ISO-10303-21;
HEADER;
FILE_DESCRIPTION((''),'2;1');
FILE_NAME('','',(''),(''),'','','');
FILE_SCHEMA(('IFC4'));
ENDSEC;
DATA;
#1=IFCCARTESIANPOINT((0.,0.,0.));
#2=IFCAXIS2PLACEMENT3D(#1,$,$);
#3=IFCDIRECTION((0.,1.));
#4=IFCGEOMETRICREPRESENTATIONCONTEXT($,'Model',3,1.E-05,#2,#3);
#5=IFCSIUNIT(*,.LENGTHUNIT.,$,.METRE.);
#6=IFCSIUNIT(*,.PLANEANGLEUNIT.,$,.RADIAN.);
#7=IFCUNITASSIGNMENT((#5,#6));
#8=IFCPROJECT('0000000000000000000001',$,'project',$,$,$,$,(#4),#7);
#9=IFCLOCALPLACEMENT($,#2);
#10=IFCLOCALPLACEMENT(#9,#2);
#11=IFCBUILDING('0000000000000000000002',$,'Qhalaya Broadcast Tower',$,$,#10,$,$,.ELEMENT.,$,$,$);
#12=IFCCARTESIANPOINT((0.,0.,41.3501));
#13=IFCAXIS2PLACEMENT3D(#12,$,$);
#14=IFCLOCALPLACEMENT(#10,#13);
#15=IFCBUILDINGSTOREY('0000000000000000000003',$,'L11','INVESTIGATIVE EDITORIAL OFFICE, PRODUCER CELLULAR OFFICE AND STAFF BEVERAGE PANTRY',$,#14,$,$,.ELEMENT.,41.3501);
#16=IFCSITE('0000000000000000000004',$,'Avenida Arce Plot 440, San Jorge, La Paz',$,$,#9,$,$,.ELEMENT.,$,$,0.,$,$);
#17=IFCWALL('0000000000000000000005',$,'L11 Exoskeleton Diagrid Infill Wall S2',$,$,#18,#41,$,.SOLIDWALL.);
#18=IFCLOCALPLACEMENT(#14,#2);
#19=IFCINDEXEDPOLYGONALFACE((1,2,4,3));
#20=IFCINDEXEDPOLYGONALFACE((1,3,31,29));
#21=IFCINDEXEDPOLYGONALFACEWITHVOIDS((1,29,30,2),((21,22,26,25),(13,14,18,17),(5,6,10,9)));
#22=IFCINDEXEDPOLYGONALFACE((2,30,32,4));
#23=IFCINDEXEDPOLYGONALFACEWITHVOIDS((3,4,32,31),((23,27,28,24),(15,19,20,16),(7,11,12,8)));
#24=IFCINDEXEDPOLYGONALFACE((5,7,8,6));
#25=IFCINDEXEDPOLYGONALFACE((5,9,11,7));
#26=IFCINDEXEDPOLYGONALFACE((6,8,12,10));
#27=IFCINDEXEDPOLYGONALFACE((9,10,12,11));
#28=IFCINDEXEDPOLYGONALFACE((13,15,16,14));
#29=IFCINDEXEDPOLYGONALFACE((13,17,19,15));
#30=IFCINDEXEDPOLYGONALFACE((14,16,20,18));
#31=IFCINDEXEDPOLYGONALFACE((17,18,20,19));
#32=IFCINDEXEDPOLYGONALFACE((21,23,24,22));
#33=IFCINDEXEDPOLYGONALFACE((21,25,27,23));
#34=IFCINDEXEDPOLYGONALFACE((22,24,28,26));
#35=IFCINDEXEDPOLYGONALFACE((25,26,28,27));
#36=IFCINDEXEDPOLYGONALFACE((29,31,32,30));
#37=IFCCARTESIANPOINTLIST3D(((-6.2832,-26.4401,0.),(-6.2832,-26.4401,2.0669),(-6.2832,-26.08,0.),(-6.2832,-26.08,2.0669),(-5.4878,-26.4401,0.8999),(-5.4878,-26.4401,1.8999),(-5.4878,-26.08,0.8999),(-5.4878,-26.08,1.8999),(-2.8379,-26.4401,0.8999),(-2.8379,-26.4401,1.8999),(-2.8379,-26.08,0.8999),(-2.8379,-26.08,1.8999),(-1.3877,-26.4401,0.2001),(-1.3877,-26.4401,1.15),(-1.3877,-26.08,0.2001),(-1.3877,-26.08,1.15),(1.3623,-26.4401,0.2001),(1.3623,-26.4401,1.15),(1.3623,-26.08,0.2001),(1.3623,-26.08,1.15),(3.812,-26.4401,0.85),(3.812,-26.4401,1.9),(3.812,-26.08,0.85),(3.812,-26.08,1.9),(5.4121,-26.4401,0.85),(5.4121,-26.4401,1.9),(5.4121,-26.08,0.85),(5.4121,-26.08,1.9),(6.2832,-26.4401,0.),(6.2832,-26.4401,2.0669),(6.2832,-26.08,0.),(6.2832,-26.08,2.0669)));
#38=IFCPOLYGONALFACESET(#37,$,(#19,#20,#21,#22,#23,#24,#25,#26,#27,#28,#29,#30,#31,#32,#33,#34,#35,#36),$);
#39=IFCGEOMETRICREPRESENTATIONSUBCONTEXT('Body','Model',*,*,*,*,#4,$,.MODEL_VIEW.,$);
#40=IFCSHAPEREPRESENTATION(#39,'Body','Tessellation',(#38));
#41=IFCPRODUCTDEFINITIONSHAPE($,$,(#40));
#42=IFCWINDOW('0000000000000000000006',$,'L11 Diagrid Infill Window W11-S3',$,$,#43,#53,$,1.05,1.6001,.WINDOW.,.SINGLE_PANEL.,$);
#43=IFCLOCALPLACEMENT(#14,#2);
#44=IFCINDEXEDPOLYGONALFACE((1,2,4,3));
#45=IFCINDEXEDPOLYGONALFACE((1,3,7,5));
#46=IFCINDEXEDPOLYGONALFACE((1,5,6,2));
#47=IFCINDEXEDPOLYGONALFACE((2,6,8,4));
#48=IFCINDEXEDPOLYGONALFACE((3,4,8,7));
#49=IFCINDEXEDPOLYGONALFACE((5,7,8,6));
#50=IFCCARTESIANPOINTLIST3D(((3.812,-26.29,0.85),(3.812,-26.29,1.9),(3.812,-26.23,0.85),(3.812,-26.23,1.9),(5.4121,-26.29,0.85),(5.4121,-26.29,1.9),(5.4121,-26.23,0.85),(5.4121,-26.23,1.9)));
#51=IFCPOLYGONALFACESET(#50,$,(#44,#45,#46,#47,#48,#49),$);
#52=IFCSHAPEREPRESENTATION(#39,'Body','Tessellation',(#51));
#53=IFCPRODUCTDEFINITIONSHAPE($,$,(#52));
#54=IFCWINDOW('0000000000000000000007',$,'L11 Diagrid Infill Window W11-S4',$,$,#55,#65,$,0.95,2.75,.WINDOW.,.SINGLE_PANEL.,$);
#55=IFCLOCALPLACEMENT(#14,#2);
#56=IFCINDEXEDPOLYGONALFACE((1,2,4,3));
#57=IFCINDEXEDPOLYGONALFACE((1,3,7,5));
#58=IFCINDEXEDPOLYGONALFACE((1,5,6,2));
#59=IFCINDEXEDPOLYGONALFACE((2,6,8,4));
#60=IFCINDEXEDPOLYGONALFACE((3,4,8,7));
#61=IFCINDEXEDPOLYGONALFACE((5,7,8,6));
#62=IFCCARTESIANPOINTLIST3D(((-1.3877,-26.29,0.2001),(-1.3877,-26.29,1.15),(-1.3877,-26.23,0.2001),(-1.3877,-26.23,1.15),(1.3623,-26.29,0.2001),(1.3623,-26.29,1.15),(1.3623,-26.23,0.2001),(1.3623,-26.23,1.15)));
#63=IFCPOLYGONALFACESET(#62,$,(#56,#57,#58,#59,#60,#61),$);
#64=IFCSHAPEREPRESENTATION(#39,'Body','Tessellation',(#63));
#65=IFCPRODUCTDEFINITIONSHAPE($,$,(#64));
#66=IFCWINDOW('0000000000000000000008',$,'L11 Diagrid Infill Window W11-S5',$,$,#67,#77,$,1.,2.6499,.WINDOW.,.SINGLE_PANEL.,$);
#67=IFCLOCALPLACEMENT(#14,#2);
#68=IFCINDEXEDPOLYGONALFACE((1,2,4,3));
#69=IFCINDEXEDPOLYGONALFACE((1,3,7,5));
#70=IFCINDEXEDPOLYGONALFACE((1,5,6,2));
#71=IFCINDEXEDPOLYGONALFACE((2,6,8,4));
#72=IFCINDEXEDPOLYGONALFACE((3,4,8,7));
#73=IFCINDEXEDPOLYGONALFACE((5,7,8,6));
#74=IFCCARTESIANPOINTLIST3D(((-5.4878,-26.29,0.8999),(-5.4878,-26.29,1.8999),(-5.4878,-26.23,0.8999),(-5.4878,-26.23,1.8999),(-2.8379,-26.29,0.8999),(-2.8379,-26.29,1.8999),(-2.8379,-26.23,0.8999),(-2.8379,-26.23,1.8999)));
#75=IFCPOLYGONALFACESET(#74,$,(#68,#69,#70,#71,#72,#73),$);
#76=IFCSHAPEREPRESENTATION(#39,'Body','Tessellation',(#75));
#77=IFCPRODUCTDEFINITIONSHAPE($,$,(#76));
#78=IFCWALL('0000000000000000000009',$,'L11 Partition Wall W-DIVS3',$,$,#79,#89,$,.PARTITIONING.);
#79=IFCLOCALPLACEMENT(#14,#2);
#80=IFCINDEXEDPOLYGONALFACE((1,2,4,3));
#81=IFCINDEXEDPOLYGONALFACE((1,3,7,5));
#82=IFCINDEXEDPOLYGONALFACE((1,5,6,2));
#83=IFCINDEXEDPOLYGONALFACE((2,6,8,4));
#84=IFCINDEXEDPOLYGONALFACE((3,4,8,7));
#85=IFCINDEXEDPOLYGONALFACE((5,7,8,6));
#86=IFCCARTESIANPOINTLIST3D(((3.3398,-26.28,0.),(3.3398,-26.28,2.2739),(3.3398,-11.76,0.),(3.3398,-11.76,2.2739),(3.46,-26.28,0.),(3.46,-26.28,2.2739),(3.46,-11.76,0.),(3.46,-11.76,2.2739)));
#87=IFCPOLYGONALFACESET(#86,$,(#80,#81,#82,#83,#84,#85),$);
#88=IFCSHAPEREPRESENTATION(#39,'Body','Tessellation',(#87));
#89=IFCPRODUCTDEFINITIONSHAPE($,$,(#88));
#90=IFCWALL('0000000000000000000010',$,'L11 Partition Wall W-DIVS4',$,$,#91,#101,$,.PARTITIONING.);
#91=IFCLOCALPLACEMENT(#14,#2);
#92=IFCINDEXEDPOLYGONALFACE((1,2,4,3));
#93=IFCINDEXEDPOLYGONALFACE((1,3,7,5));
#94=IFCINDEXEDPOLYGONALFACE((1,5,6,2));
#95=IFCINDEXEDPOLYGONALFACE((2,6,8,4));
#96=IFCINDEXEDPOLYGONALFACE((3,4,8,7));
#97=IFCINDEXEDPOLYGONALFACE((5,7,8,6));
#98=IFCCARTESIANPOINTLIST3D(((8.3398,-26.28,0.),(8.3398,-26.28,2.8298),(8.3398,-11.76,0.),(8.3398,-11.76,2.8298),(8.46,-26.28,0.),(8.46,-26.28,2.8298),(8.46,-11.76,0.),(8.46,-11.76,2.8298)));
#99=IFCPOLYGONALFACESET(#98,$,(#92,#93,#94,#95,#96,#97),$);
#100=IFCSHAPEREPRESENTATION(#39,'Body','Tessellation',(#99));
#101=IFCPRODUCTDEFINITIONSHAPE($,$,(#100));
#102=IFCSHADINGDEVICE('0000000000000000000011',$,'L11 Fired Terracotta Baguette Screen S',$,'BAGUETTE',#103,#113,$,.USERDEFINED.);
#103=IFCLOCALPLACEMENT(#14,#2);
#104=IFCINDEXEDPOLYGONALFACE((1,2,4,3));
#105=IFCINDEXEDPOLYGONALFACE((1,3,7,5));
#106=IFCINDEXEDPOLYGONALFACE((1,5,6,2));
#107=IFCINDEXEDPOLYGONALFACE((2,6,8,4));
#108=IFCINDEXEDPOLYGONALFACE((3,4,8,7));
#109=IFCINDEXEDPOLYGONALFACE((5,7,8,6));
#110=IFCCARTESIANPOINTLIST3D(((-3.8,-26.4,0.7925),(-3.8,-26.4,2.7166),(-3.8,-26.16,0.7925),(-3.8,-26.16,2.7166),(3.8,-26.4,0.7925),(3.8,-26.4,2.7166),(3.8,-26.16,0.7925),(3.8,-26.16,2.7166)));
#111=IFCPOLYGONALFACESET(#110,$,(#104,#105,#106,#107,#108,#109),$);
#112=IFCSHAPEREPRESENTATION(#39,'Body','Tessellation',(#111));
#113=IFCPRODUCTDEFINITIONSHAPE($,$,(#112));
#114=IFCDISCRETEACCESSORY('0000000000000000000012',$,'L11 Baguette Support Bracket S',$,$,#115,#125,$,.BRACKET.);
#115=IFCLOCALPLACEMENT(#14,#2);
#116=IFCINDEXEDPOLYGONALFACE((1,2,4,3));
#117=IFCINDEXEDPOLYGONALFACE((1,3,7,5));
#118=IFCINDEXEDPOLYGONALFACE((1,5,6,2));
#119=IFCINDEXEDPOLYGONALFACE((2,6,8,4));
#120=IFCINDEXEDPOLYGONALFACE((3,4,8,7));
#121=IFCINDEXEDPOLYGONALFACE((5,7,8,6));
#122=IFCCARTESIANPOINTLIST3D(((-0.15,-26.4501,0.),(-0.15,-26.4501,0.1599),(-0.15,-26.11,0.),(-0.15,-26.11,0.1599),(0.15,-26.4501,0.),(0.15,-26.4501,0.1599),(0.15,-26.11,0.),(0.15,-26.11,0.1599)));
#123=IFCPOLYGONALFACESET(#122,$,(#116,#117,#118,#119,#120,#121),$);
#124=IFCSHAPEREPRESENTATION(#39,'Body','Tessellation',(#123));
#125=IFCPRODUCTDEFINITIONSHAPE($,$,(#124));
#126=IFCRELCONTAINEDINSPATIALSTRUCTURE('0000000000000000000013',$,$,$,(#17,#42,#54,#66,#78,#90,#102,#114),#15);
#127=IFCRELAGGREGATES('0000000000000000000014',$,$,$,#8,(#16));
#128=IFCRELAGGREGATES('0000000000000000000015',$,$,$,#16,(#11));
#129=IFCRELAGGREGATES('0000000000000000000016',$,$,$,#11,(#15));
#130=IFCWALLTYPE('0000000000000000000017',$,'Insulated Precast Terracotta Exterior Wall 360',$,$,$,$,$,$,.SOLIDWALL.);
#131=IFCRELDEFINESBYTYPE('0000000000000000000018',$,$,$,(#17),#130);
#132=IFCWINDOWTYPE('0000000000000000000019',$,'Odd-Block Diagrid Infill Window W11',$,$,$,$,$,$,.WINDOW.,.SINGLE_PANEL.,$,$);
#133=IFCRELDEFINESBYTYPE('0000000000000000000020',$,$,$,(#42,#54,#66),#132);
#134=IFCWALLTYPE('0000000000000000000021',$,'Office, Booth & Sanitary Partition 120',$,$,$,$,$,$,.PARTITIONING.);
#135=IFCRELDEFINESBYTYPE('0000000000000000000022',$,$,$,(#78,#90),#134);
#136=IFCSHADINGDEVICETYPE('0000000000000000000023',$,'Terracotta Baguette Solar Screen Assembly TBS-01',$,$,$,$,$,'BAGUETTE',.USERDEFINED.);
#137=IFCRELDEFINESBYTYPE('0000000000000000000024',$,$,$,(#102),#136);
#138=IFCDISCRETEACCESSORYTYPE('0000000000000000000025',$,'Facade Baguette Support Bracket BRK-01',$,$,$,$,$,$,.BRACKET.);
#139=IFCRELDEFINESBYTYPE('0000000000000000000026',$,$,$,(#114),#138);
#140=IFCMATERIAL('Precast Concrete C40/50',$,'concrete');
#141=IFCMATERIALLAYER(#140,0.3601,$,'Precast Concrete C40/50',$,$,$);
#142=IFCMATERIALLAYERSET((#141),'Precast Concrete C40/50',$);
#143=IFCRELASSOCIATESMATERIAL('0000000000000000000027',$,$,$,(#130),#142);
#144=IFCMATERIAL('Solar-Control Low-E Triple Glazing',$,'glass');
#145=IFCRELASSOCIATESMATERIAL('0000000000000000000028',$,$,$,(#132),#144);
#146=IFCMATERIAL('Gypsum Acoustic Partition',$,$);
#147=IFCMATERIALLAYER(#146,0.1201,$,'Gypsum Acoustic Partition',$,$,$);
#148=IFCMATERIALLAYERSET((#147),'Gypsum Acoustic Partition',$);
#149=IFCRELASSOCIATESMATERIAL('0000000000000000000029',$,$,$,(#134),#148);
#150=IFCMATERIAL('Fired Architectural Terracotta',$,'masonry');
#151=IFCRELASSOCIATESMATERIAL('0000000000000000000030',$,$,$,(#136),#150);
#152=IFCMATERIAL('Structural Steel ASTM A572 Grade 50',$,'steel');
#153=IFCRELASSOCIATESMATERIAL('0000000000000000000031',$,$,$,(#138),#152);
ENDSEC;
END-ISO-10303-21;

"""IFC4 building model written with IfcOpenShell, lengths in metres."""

from ifc_helpers import new_model, si_unit, direction, frame, frame_2d, origin, origin_2d, place, context, subcontext, project, spatial, rectangle, extrude, material, layer, layer_set, type_object, element, fill, save


model = new_model("IFC4")

# Units and contexts
model_context = context("Model", 3, precision=1e-05, world=origin(), true_north=direction((0.0, 1.0)))
body_context = subcontext(model_context, "Body", "Model", "MODEL_VIEW")
ifc_project = project(units=[si_unit("LENGTHUNIT", "METRE"), si_unit("PLANEANGLEUNIT", "RADIAN")], contexts=[model_context])

# Site, building, storey
site_placement = place(None, origin())
site = spatial("IfcSite", under=ifc_project, at=site_placement, Name="Avenida Arce Plot 440, San Jorge, La Paz", CompositionType="ELEMENT", RefElevation=0.0)
building_placement = place(site_placement, origin())
building = spatial("IfcBuilding", under=site, at=building_placement, Name="Qhalaya Broadcast Tower", CompositionType="ELEMENT")
storey_placement = place(building_placement, frame((0.0, 0.0, 41.3501)))
storey = spatial("IfcBuildingStorey", under=building, at=storey_placement, Name="L11", Description="INVESTIGATIVE EDITORIAL OFFICE, PRODUCER CELLULAR OFFICE AND STAFF BEVERAGE PANTRY", CompositionType="ELEMENT", Elevation=41.3501)

# Shared definitions
ifc_material_1 = material(Name="Structural Steel ASTM A572 Grade 50", Category="steel")

# Shared definitions
ifc_material_2 = material(Name="Gypsum Acoustic Partition")

# Wall, openings, windows
ifc_material_3 = material(Name="Precast Concrete C40/50", Category="concrete")
ifc_layer_1 = layer(ifc_material_3, 0.3601, Name="Precast Concrete C40/50")
ifc_layer_set_1 = layer_set([ifc_layer_1], Name="Precast Concrete C40/50")
wall_type_1 = type_object("IfcWallType", Name="Insulated Precast Terracotta Exterior Wall 360", PredefinedType="SOLIDWALL", material=ifc_layer_set_1)
wall_1_placement = place(storey_placement, frame((6.2832, -26.26, 0.0), z_axis=(0.0, 0.0, 1.0), x_axis=(-1.0, 0.0, 0.0)))
wall_1 = element("IfcWall", 1, at=wall_1_placement, inside=storey, type_object=wall_type_1, Name="L11 Exoskeleton Diagrid Infill Wall S2", PredefinedType="SOLIDWALL", context=body_context, shape_type="SweptSolid", body=[
    extrude(rectangle(XDim=12.5664, YDim=0.3601, at=frame_2d((6.2832, 0.0))), origin(), (0.0, 0.0, 1.0), 2.0669),
])
opening_1_placement = place(wall_1_placement, frame((0.8711, 0.0, 0.8501)))
opening_1 = element("IfcOpeningElement", 2, at=opening_1_placement, cuts=wall_1, PredefinedType="OPENING", context=body_context, shape_type="SweptSolid", body=[
    extrude(rectangle(XDim=1.6001, YDim=1.05, at=frame_2d((0.8, 0.5249))), frame((0.0, 0.1921, 0.0), z_axis=(0.0, -1.0, 0.0), x_axis=(1.0, 0.0, 0.0)), (0.0, 0.0, 1.0), 0.384),
])
opening_2_placement = place(wall_1_placement, frame((4.9209, 0.0, 0.2)))
opening_2 = element("IfcOpeningElement", 3, at=opening_2_placement, cuts=wall_1, PredefinedType="OPENING", context=body_context, shape_type="SweptSolid", body=[
    extrude(rectangle(XDim=2.75, YDim=0.95, at=frame_2d((1.375, 0.4751))), frame((0.0, 0.1921, 0.0), z_axis=(0.0, -1.0, 0.0), x_axis=(1.0, 0.0, 0.0)), (0.0, 0.0, 1.0), 0.384),
])
opening_3_placement = place(wall_1_placement, frame((9.1211, 0.0, 0.8999)))
opening_3 = element("IfcOpeningElement", 4, at=opening_3_placement, cuts=wall_1, PredefinedType="OPENING", context=body_context, shape_type="SweptSolid", body=[
    extrude(rectangle(XDim=2.6499, YDim=1.0, at=frame_2d((1.325, 0.5))), frame((0.0, 0.1921, 0.0), z_axis=(0.0, -1.0, 0.0), x_axis=(1.0, 0.0, 0.0)), (0.0, 0.0, 1.0), 0.384),
])
ifc_material_4 = material(Name="Solar-Control Low-E Triple Glazing", Category="glass")
window_type = type_object("IfcWindowType", Name="Odd-Block Diagrid Infill Window W11", PartitioningType="SINGLE_PANEL", PredefinedType="WINDOW", material=ifc_material_4)
window_1_placement = place(opening_1_placement, origin())
window_1 = element("IfcWindow", 5, at=window_1_placement, inside=storey, type_object=window_type, Name="L11 Diagrid Infill Window W11-S3", OverallHeight=1.05, OverallWidth=1.6001, PartitioningType="SINGLE_PANEL", PredefinedType="WINDOW", context=body_context, shape_type="SweptSolid", body=[
    extrude(rectangle(XDim=1.6001, YDim=1.05, at=frame_2d((0.8, 0.5249))), frame((0.0, 0.03, 0.0), z_axis=(0.0, -1.0, 0.0), x_axis=(1.0, 0.0, 0.0)), (0.0, 0.0, 1.0), 0.0601),
])
fill(opening_1, window_1)
window_2_placement = place(opening_2_placement, origin())
window_2 = element("IfcWindow", 6, at=window_2_placement, inside=storey, type_object=window_type, Name="L11 Diagrid Infill Window W11-S4", OverallHeight=0.95, OverallWidth=2.75, PartitioningType="SINGLE_PANEL", PredefinedType="WINDOW", context=body_context, shape_type="SweptSolid", body=[
    extrude(rectangle(XDim=2.75, YDim=0.95, at=frame_2d((1.375, 0.4751))), frame((0.0, 0.03, 0.0), z_axis=(0.0, -1.0, 0.0), x_axis=(1.0, 0.0, 0.0)), (0.0, 0.0, 1.0), 0.0601),
])
fill(opening_2, window_2)
window_3_placement = place(opening_3_placement, origin())
window_3 = element("IfcWindow", 7, at=window_3_placement, inside=storey, type_object=window_type, Name="L11 Diagrid Infill Window W11-S5", OverallHeight=1.0, OverallWidth=2.6499, PartitioningType="SINGLE_PANEL", PredefinedType="WINDOW", context=body_context, shape_type="SweptSolid", body=[
    extrude(rectangle(XDim=2.6499, YDim=1.0, at=frame_2d((1.325, 0.5))), frame((0.0, 0.03, 0.0), z_axis=(0.0, -1.0, 0.0), x_axis=(1.0, 0.0, 0.0)), (0.0, 0.0, 1.0), 0.0601),
])
fill(opening_3, window_3)

# Walls
ifc_layer_2 = layer(ifc_material_2, 0.1201, Name="Gypsum Acoustic Partition")
ifc_layer_set_2 = layer_set([ifc_layer_2], Name="Gypsum Acoustic Partition")
wall_type_2 = type_object("IfcWallType", Name="Office, Booth & Sanitary Partition 120", PredefinedType="PARTITIONING", material=ifc_layer_set_2)
wall_2_placement = place(storey_placement, frame((3.3999, -26.28, 0.0), z_axis=(0.0, 0.0, 1.0), x_axis=(0.0, 1.0, 0.0)))
element("IfcWall", 8, at=wall_2_placement, inside=storey, type_object=wall_type_2, Name="L11 Partition Wall W-DIVS3", PredefinedType="PARTITIONING", context=body_context, shape_type="SweptSolid", body=[
    extrude(rectangle(XDim=14.52, YDim=0.1201, at=frame_2d((7.26, 0.0))), origin(), (0.0, 0.0, 1.0), 2.2739),
])
wall_3_placement = place(storey_placement, frame((8.3999, -26.28, 0.0), z_axis=(0.0, 0.0, 1.0), x_axis=(0.0, 1.0, 0.0)))
element("IfcWall", 9, at=wall_3_placement, inside=storey, type_object=wall_type_2, Name="L11 Partition Wall W-DIVS4", PredefinedType="PARTITIONING", context=body_context, shape_type="SweptSolid", body=[
    extrude(rectangle(XDim=14.52, YDim=0.1201, at=frame_2d((7.26, 0.0))), origin(), (0.0, 0.0, 1.0), 2.8298),
])

# Shading device
ifc_material_5 = material(Name="Fired Architectural Terracotta", Category="masonry")
shading_device_type = type_object("IfcShadingDeviceType", Name="Terracotta Baguette Solar Screen Assembly TBS-01", ElementType="BAGUETTE", PredefinedType="USERDEFINED", material=ifc_material_5)
shading_device_placement = place(storey_placement, frame((0.0, -26.28, 0.7925), z_axis=(0.0, 0.0, 1.0), x_axis=(1.0, 0.0, 0.0)))
element("IfcShadingDevice", 10, at=shading_device_placement, inside=storey, type_object=shading_device_type, Name="L11 Fired Terracotta Baguette Screen S", ObjectType="BAGUETTE", PredefinedType="USERDEFINED", context=body_context, shape_type="SweptSolid", body=[
    extrude(rectangle(XDim=7.6001, YDim=0.24, at=origin_2d()), origin(), (0.0, 0.0, 1.0), 1.9241),
])

# Discrete accessory
discrete_accessory_type = type_object("IfcDiscreteAccessoryType", Name="Facade Baguette Support Bracket BRK-01", PredefinedType="BRACKET", material=ifc_material_1)
discrete_accessory_placement = place(storey_placement, frame((0.0, -26.28, 0.0), z_axis=(0.0, 0.0, 1.0), x_axis=(1.0, 0.0, 0.0)))
element("IfcDiscreteAccessory", 11, at=discrete_accessory_placement, inside=storey, type_object=discrete_accessory_type, Name="L11 Baguette Support Bracket S", PredefinedType="BRACKET", context=body_context, shape_type="SweptSolid", body=[
    extrude(rectangle(XDim=0.3, YDim=0.3401, at=origin_2d()), origin(), (0.0, 0.0, 1.0), 0.1599),
])

save(model, "model.ifc")
